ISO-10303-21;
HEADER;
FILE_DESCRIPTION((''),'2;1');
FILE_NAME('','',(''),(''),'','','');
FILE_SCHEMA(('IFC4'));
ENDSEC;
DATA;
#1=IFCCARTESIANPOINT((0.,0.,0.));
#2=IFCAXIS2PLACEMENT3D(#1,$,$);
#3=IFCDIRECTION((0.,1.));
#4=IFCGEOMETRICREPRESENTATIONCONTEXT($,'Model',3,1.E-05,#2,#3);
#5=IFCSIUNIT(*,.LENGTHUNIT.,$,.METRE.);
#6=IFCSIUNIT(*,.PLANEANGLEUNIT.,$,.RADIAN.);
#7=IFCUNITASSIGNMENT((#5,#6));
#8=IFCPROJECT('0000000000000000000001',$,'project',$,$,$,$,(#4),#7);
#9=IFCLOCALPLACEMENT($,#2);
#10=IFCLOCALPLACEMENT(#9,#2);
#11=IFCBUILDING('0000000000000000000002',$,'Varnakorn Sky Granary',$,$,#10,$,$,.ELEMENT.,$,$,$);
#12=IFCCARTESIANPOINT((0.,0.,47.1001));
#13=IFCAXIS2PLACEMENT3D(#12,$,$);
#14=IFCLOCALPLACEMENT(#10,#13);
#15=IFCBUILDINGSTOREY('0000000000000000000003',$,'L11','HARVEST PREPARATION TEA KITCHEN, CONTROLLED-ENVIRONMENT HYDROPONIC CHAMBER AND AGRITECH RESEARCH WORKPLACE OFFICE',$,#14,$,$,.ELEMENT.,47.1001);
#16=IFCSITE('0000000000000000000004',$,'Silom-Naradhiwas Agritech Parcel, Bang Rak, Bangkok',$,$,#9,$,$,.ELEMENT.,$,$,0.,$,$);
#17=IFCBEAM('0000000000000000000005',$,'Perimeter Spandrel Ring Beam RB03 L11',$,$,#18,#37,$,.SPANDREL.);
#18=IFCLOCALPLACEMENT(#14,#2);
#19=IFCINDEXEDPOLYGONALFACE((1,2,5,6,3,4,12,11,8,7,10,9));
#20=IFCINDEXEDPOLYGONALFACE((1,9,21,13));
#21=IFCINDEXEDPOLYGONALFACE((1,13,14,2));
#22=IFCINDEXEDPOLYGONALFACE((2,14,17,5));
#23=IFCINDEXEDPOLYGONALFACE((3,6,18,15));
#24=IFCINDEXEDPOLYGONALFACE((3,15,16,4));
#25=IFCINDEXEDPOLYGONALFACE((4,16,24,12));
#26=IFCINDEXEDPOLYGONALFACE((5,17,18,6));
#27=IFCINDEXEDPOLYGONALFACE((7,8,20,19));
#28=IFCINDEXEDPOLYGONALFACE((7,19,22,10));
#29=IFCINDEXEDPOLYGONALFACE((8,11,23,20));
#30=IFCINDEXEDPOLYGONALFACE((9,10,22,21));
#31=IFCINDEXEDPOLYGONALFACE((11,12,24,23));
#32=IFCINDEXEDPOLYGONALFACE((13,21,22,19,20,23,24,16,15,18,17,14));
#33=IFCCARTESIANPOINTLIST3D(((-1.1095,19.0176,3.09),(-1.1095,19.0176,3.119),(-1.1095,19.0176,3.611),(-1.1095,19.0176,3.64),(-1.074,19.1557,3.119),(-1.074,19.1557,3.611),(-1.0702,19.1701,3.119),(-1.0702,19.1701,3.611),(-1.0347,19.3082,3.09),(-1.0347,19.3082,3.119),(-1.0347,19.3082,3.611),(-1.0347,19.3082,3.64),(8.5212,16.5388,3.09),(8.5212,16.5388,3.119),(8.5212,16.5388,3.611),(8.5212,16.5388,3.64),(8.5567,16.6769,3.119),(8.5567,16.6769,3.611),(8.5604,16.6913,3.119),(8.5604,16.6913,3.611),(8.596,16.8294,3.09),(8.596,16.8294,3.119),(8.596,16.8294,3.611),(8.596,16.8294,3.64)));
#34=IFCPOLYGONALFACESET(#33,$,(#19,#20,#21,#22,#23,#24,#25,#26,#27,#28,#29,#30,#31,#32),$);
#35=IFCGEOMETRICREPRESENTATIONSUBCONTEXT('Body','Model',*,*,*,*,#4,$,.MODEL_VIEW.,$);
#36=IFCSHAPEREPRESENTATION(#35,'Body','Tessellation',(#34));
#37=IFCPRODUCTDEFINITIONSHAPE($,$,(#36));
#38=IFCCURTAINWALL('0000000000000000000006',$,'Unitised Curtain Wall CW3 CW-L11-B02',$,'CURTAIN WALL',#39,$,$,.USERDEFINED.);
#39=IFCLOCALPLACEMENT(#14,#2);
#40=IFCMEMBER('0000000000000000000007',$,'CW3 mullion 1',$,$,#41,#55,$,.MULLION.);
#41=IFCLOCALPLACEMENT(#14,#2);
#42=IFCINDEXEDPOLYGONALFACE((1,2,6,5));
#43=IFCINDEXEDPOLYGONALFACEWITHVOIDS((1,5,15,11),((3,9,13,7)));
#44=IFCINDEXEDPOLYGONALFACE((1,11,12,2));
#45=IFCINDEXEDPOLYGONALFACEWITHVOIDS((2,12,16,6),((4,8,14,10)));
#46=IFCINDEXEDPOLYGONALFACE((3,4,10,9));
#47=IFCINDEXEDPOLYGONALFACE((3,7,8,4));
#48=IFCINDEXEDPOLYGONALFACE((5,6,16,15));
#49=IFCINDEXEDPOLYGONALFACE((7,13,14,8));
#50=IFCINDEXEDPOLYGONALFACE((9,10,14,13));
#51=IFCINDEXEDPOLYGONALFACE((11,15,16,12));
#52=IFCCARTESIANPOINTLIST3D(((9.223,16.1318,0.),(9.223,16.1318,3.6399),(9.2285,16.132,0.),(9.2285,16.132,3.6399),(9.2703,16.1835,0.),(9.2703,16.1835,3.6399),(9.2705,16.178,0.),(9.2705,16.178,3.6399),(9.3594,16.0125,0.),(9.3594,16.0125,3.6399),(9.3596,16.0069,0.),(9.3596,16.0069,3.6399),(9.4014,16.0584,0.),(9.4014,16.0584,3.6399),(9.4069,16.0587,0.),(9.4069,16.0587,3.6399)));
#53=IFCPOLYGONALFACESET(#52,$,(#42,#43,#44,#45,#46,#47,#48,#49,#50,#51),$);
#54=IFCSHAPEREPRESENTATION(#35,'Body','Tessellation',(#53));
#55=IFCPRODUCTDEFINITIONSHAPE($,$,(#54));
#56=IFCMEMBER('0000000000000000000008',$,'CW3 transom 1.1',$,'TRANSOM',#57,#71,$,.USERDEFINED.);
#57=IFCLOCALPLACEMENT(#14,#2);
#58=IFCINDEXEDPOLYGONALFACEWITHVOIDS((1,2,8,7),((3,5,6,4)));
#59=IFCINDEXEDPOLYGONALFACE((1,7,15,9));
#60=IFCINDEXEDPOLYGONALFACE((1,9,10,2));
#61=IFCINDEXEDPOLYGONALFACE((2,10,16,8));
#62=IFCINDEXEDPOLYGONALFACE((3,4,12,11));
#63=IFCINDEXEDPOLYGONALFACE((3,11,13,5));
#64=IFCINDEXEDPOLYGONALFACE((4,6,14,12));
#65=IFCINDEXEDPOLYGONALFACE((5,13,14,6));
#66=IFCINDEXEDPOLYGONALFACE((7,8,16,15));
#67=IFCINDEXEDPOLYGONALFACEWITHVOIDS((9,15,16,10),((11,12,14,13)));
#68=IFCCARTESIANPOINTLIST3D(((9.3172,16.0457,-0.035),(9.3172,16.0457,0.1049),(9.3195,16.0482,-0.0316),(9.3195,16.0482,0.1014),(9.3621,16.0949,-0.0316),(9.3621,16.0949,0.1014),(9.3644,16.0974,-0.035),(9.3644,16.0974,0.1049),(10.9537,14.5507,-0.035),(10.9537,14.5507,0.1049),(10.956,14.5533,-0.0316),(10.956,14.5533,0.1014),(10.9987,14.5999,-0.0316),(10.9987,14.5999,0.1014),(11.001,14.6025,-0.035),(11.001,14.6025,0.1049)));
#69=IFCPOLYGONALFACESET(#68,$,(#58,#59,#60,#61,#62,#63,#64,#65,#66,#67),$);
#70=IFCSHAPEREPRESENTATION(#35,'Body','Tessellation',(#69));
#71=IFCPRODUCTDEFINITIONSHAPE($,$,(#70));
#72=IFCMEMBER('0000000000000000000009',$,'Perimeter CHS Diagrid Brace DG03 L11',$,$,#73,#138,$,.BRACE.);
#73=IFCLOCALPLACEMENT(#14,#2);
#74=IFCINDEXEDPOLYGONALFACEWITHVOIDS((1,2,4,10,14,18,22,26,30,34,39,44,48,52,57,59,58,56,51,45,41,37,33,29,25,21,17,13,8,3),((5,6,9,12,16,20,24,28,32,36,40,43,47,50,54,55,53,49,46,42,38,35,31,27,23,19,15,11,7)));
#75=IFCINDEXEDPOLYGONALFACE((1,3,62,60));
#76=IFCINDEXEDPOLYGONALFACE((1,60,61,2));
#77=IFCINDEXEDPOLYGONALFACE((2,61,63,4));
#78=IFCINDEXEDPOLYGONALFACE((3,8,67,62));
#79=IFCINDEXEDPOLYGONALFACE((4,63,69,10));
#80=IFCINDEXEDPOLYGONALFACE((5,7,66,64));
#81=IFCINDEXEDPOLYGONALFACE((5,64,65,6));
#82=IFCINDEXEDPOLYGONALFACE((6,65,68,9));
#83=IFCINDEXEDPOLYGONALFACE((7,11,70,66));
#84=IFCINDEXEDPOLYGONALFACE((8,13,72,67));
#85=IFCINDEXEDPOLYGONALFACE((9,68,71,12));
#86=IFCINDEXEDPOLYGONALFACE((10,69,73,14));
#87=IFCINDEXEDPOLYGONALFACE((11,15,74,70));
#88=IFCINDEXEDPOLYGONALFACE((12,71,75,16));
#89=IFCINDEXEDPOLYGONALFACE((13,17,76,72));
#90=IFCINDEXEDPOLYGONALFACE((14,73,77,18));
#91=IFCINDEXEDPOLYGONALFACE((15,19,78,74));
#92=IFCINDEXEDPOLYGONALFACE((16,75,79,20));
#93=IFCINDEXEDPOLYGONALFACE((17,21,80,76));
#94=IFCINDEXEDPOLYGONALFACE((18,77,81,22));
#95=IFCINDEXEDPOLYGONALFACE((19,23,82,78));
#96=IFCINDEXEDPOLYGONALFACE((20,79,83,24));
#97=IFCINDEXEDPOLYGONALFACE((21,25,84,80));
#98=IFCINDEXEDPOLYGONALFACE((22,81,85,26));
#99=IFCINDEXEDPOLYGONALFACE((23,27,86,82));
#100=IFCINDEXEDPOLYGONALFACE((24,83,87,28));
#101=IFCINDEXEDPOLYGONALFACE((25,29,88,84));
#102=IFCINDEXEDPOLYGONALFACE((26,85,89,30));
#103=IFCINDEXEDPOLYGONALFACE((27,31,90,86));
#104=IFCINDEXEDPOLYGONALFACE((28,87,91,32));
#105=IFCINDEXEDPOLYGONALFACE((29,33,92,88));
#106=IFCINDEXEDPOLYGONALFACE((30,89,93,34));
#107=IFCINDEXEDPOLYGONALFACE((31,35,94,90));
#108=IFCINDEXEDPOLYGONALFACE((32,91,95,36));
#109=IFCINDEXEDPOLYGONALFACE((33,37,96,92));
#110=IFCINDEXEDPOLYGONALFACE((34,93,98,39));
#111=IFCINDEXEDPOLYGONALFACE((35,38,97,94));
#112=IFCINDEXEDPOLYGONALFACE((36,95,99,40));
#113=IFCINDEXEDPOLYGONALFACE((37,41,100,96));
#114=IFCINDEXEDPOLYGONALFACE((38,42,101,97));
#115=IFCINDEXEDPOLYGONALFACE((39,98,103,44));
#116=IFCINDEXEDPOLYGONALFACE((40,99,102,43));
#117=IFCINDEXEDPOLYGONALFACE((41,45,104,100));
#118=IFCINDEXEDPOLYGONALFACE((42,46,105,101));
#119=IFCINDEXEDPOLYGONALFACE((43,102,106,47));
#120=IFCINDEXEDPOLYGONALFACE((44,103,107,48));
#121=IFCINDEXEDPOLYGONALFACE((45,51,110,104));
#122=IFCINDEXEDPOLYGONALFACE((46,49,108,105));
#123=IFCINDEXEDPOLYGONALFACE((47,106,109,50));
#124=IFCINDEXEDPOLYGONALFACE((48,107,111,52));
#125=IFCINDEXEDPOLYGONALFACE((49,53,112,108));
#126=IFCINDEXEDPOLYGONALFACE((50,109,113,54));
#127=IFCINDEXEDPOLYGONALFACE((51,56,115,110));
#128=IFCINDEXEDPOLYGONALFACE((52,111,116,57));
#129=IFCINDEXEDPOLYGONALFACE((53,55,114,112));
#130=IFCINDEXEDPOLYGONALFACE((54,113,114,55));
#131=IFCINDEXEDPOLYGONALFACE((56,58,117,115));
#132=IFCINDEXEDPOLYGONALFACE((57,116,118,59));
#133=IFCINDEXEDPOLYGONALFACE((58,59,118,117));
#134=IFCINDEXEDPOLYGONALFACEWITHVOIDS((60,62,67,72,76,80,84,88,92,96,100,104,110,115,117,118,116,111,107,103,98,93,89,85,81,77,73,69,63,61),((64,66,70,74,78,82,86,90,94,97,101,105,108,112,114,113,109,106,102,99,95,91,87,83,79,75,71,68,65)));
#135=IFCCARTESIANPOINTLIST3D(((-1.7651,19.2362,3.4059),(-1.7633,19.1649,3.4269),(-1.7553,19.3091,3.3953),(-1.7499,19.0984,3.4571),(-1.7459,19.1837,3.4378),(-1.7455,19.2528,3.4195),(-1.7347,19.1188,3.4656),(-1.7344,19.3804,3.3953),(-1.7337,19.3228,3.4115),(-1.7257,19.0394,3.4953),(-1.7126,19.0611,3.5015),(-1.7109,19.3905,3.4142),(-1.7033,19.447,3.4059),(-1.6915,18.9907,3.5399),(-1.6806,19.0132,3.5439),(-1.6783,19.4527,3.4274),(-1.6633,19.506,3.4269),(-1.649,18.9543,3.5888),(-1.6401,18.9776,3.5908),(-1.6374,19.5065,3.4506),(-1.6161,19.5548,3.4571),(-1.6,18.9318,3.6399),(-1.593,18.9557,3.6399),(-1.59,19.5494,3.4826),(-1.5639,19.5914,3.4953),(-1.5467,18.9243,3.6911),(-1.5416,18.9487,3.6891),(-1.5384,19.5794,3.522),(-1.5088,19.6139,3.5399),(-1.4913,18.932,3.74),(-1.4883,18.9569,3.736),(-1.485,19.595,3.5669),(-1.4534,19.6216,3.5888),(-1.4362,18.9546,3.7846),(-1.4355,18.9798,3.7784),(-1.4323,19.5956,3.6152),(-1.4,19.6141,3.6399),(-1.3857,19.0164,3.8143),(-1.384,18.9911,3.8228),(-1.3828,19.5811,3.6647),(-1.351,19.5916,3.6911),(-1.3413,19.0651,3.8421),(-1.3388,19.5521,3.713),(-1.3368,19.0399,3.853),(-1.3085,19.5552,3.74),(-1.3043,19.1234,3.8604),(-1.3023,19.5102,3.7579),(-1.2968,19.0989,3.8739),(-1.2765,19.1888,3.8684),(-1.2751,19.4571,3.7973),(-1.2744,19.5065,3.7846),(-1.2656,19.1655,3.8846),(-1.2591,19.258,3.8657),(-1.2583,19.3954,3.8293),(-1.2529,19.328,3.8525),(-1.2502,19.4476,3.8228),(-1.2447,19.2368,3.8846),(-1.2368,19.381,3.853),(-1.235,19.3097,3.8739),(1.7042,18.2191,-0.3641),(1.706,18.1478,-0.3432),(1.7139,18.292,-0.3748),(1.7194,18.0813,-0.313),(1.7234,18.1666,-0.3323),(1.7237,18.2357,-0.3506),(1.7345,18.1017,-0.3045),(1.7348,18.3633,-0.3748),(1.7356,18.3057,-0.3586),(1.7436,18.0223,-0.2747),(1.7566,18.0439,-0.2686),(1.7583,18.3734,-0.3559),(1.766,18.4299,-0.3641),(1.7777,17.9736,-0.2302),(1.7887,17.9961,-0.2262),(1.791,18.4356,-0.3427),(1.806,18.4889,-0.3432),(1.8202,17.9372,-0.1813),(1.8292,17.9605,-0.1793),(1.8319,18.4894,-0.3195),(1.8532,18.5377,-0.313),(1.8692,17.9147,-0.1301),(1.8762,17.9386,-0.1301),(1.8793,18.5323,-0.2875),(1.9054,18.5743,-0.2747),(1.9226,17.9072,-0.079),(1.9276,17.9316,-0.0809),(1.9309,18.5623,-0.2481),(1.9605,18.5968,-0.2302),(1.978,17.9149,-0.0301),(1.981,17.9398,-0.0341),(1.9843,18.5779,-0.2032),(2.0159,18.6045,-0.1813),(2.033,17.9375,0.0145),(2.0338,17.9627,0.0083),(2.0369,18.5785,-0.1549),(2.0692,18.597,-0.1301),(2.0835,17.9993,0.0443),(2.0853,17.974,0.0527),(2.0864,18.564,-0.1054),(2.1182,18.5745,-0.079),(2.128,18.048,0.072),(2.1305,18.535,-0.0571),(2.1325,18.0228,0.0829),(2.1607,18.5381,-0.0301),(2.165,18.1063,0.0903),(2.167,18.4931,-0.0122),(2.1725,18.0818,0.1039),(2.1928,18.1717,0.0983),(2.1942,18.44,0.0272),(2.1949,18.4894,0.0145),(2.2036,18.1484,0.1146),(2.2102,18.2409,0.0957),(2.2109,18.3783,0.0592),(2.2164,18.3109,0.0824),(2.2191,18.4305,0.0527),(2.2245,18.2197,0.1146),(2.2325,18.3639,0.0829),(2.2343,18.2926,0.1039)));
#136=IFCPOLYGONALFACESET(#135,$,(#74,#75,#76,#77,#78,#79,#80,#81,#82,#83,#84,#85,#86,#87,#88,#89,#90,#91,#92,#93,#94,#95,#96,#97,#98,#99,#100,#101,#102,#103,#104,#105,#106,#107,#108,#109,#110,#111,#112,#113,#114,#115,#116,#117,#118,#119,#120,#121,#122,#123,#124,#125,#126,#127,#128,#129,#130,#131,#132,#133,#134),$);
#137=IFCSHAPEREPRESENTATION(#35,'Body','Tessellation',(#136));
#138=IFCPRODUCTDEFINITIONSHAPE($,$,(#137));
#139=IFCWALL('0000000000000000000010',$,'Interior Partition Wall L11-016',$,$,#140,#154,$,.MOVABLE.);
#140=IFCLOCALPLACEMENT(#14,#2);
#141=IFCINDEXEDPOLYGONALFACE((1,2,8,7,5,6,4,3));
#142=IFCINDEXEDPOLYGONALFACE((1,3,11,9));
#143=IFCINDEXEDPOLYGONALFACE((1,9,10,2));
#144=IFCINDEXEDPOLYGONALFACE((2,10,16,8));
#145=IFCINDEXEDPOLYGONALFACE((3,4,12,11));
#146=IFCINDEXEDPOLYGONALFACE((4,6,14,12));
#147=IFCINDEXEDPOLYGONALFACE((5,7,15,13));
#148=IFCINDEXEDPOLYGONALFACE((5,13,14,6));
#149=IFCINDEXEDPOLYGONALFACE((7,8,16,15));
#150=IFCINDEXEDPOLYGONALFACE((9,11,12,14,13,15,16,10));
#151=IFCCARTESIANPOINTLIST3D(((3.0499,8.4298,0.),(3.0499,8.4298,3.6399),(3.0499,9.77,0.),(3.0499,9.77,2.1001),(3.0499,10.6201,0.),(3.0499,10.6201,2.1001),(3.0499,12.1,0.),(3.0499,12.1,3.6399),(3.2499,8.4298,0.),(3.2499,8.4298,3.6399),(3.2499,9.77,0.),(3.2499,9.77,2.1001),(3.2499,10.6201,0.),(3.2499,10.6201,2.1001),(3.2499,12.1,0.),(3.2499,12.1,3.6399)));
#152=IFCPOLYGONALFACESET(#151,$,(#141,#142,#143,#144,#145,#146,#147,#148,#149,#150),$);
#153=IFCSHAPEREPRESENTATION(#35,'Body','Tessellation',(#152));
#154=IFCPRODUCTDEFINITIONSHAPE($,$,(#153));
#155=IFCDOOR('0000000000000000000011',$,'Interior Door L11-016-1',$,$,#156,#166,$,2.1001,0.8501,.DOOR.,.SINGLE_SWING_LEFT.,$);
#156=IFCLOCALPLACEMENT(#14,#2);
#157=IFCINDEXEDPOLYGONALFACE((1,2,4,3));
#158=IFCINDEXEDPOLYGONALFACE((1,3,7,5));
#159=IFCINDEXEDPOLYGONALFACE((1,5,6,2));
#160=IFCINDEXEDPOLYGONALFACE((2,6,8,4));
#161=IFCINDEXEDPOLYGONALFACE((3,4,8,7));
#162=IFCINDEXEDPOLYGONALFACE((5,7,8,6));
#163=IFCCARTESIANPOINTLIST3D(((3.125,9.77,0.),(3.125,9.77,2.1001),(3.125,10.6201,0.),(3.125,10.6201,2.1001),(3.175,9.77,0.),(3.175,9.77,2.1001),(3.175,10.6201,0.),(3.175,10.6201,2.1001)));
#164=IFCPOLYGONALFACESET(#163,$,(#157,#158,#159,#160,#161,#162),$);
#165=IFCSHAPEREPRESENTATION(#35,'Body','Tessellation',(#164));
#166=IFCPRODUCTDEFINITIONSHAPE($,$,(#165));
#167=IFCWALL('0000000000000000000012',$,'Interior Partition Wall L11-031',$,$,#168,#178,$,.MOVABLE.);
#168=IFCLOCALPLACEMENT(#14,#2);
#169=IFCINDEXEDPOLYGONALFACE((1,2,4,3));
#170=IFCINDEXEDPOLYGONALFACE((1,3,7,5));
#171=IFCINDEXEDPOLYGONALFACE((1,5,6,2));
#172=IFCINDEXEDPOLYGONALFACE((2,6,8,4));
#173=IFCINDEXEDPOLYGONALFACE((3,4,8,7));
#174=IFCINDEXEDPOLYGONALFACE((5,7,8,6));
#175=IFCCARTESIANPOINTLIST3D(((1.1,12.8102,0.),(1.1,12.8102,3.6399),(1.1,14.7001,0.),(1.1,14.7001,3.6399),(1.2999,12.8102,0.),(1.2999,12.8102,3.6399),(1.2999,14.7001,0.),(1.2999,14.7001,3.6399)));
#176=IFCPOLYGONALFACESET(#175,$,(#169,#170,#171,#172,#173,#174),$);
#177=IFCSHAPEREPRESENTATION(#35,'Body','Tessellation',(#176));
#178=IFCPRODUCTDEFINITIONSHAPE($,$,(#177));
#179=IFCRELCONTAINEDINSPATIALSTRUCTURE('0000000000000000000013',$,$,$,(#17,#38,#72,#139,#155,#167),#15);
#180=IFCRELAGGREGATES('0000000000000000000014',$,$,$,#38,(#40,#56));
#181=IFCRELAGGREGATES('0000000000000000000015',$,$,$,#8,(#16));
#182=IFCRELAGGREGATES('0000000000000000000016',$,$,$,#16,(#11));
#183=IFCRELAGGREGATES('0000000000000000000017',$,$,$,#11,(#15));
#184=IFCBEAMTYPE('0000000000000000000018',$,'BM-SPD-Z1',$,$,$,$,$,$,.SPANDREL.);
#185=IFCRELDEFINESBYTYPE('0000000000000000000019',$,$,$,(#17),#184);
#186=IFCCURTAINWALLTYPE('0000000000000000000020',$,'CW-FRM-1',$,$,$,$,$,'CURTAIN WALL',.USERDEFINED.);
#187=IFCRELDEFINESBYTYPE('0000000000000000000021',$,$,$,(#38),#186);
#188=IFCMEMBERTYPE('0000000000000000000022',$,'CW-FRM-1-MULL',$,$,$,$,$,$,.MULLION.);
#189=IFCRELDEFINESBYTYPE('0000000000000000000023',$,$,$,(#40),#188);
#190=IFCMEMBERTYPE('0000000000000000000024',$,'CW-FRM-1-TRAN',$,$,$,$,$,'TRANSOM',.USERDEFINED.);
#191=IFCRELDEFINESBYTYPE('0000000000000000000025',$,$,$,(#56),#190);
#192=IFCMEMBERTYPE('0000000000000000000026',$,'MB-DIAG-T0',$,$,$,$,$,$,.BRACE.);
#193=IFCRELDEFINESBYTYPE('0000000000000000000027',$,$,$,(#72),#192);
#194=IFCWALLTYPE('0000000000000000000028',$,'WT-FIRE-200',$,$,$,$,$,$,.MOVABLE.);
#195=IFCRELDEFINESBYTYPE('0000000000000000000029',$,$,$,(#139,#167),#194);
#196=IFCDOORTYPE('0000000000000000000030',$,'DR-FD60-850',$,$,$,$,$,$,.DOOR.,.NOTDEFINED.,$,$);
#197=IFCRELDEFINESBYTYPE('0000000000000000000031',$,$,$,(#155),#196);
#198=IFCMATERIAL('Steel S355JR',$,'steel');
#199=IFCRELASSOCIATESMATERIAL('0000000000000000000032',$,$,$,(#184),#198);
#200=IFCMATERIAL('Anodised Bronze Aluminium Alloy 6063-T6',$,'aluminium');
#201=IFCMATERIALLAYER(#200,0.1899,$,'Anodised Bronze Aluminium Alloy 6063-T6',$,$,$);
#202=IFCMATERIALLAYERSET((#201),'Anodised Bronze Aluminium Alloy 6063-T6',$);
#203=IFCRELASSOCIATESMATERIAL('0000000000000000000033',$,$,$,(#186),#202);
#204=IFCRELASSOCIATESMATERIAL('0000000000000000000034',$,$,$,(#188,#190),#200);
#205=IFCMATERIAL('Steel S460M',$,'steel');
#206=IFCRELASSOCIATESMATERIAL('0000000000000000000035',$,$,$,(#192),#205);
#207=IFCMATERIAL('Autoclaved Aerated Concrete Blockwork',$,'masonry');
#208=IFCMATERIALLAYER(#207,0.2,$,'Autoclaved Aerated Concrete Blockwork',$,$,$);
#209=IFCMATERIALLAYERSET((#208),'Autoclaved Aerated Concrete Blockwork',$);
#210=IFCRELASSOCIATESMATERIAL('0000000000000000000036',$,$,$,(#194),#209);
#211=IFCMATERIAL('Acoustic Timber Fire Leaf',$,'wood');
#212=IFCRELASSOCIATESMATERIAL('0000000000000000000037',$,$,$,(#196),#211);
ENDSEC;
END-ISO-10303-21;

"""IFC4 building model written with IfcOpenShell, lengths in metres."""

from ifc_helpers import new_model, si_unit, direction, frame, frame_2d, origin, origin_2d, place, context, subcontext, project, spatial, rectangle, hollow_rectangle, hollow_circle, i_section, extrude, material, layer, layer_set, material_profile, profile_set, type_object, element, fill, aggregate, save


model = new_model("IFC4")

# Units and contexts
model_context = context("Model", 3, precision=1e-05, world=origin(), true_north=direction((0.0, 1.0)))
body_context = subcontext(model_context, "Body", "Model", "MODEL_VIEW")
ifc_project = project(units=[si_unit("LENGTHUNIT", "METRE"), si_unit("PLANEANGLEUNIT", "RADIAN")], contexts=[model_context])

# Site, building, storey
site_placement = place(None, origin())
site = spatial("IfcSite", under=ifc_project, at=site_placement, Name="Silom-Naradhiwas Agritech Parcel, Bang Rak, Bangkok", CompositionType="ELEMENT", RefElevation=0.0)
building_placement = place(site_placement, origin())
building = spatial("IfcBuilding", under=site, at=building_placement, Name="Varnakorn Sky Granary", CompositionType="ELEMENT")
storey_placement = place(building_placement, frame((0.0, 0.0, 47.1001)))
storey = spatial("IfcBuildingStorey", under=building, at=storey_placement, Name="L11", Description="HARVEST PREPARATION TEA KITCHEN, CONTROLLED-ENVIRONMENT HYDROPONIC CHAMBER AND AGRITECH RESEARCH WORKPLACE OFFICE", CompositionType="ELEMENT", Elevation=47.1001)

# Shared definitions
ifc_material_1 = material(Name="Steel S460M", Category="steel")

# Beam
ifc_material_2 = material(Name="Steel S355JR", Category="steel")
ifc_material_profile_1 = material_profile(ifc_material_2, i_section(OverallWidth=0.3, OverallDepth=0.55, WebThickness=0.0149, FlangeThickness=0.0291, at=origin_2d()), Name="HE 550 B")
ifc_profile_set_1 = profile_set([ifc_material_profile_1], Name="Steel S355JR")
beam_type_1 = type_object("IfcBeamType", Name="BM-SPD-Z1", PredefinedType="SPANDREL", material=ifc_profile_set_1)
beam_1_placement = place(storey_placement, frame((8.5586, 16.6841, 3.365), z_axis=(-0.968437, 0.249259, 0.0), x_axis=(-0.249259, -0.968437, 0.0)))
element("IfcBeam", 1, at=beam_1_placement, inside=storey, type_object=beam_type_1, Name="Perimeter Spandrel Ring Beam RB03 L11", PredefinedType="SPANDREL", context=body_context, shape_type="SweptSolid", body=[
    extrude(i_section(OverallWidth=0.3, OverallDepth=0.55, WebThickness=0.0149, FlangeThickness=0.0291, at=origin_2d()), origin(), (0.0, 0.0, 1.0), 9.9446),
])

# Curtain wall, members
ifc_material_3 = material(Name="Anodised Bronze Aluminium Alloy 6063-T6", Category="aluminium")
ifc_layer_1 = layer(ifc_material_3, 0.1899, Name="Anodised Bronze Aluminium Alloy 6063-T6")
ifc_layer_set_1 = layer_set([ifc_layer_1], Name="Anodised Bronze Aluminium Alloy 6063-T6")
curtain_wall_type = type_object("IfcCurtainWallType", Name="CW-FRM-1", ElementType="CURTAIN WALL", PredefinedType="USERDEFINED", material=ifc_layer_set_1)
curtain_wall_placement = place(storey_placement, origin())
curtain_wall = element("IfcCurtainWall", 2, at=curtain_wall_placement, inside=storey, type_object=curtain_wall_type, Name="Unitised Curtain Wall CW3 CW-L11-B02", ObjectType="CURTAIN WALL", PredefinedType="USERDEFINED")
ifc_material_profile_2 = material_profile(ifc_material_3, hollow_rectangle(XDim=0.0701, YDim=0.1851, WallThickness=0.0039, at=origin_2d()), Name="ALU MULL 70x185")
ifc_profile_set_2 = profile_set([ifc_material_profile_2], Name="Anodised Bronze Aluminium Alloy 6063-T6")
member_type_1 = type_object("IfcMemberType", Name="CW-FRM-1-MULL", PredefinedType="MULLION", material=ifc_profile_set_2)
member_1_placement = place(storey_placement, frame((9.3149, 16.0952, 0.0), z_axis=(0.0, 0.0, 1.0), x_axis=(0.674464, 0.738307, 0.0)))
member_1 = element("IfcMember", 3, at=member_1_placement, type_object=member_type_1, Name="CW3 mullion 1", PredefinedType="MULLION", context=body_context, shape_type="SweptSolid", body=[
    extrude(hollow_rectangle(XDim=0.0701, YDim=0.1851, WallThickness=0.0039, at=origin_2d()), origin(), (0.0, 0.0, 1.0), 3.6399),
])
ifc_material_profile_3 = material_profile(ifc_material_3, hollow_rectangle(XDim=0.0701, YDim=0.1399, WallThickness=0.0034, at=origin_2d()), Name="ALU TRAN 70x140")
ifc_profile_set_3 = profile_set([ifc_material_profile_3], Name="Anodised Bronze Aluminium Alloy 6063-T6")
member_type_2 = type_object("IfcMemberType", Name="CW-FRM-1-TRAN", ElementType="TRANSOM", PredefinedType="USERDEFINED", material=ifc_profile_set_3)
member_2_placement = place(storey_placement, frame((9.3408, 16.0715, 0.0349), z_axis=(0.738328, -0.674442, 0.0), x_axis=(0.674442, 0.738328, 0.0)))
member_2 = element("IfcMember", 4, at=member_2_placement, type_object=member_type_2, Name="CW3 transom 1.1", ObjectType="TRANSOM", PredefinedType="USERDEFINED", context=body_context, shape_type="SweptSolid", body=[
    extrude(hollow_rectangle(XDim=0.0701, YDim=0.1399, WallThickness=0.0034, at=origin_2d()), origin(), (0.0, 0.0, 1.0), 2.2166),
])
aggregate(curtain_wall, [member_1, member_2])

# Member
ifc_material_profile_4 = material_profile(ifc_material_1, hollow_circle(Radius=0.3555, WallThickness=0.0249, at=origin_2d()), Name="CHS 711x25")
ifc_profile_set_4 = profile_set([ifc_material_profile_4], Name="Steel S460M")
member_type_3 = type_object("IfcMemberType", Name="MB-DIAG-T0", PredefinedType="BRACE", material=ifc_profile_set_4)
member_3_placement = place(storey_placement, frame((1.9692, 18.2559, -0.1301), z_axis=(-0.664182, 0.194721, 0.721766), x_axis=(-0.281333, -0.95961, 0.0)))
element("IfcMember", 5, at=member_3_placement, inside=storey, type_object=member_type_3, Name="Perimeter CHS Diagrid Brace DG03 L11", PredefinedType="BRACE", context=body_context, shape_type="SweptSolid", body=[
    extrude(hollow_circle(Radius=0.3555, WallThickness=0.0249, at=origin_2d()), origin(), (0.0, 0.0, 1.0), 5.2234),
])

# Wall, opening, door
ifc_material_4 = material(Name="Autoclaved Aerated Concrete Blockwork", Category="masonry")
ifc_layer_2 = layer(ifc_material_4, 0.2, Name="Autoclaved Aerated Concrete Blockwork")
ifc_layer_set_2 = layer_set([ifc_layer_2], Name="Autoclaved Aerated Concrete Blockwork")
wall_type_1 = type_object("IfcWallType", Name="WT-FIRE-200", PredefinedType="MOVABLE", material=ifc_layer_set_2)
wall_1_placement = place(storey_placement, frame((3.1499, 8.4299, 0.0), z_axis=(0.0, 0.0, 1.0), x_axis=(0.0, 1.0, 0.0)))
wall_1 = element("IfcWall", 6, at=wall_1_placement, inside=storey, type_object=wall_type_1, Name="Interior Partition Wall L11-016", PredefinedType="MOVABLE", context=body_context, shape_type="SweptSolid", body=[
    extrude(rectangle(XDim=3.6702, YDim=0.2, at=frame_2d((1.835, 0.0))), origin(), (0.0, 0.0, 1.0), 3.6399),
])
opening_1_placement = place(wall_1_placement, frame((1.3401, 0.0, 0.0)))
opening_1 = element("IfcOpeningElement", 7, at=opening_1_placement, cuts=wall_1, PredefinedType="OPENING", context=body_context, shape_type="SweptSolid", body=[
    extrude(rectangle(XDim=0.8501, YDim=2.1001, at=frame_2d((0.425, 1.05))), frame((0.0, 0.1099, 0.0), z_axis=(0.0, -1.0, 0.0), x_axis=(1.0, 0.0, 0.0)), (0.0, 0.0, 1.0), 0.22),
])
ifc_material_5 = material(Name="Acoustic Timber Fire Leaf", Category="wood")
door_type_1 = type_object("IfcDoorType", Name="DR-FD60-850", OperationType="NOTDEFINED", PredefinedType="DOOR", material=ifc_material_5)
door_1_placement = place(opening_1_placement, origin())
door_1 = element("IfcDoor", 8, at=door_1_placement, inside=storey, type_object=door_type_1, Name="Interior Door L11-016-1", OperationType="SINGLE_SWING_LEFT", OverallHeight=2.1001, OverallWidth=0.8501, PredefinedType="DOOR", context=body_context, shape_type="SweptSolid", body=[
    extrude(rectangle(XDim=0.8501, YDim=2.1001, at=frame_2d((0.425, 1.05))), frame((0.0, 0.0249, 0.0), z_axis=(0.0, -1.0, 0.0), x_axis=(1.0, 0.0, 0.0)), (0.0, 0.0, 1.0), 0.05),
])
fill(opening_1, door_1)

# Wall
wall_2_placement = place(storey_placement, frame((1.2, 14.7, 0.0), z_axis=(0.0, 0.0, 1.0), x_axis=(0.0, -1.0, 0.0)))
element("IfcWall", 9, at=wall_2_placement, inside=storey, type_object=wall_type_1, Name="Interior Partition Wall L11-031", PredefinedType="MOVABLE", context=body_context, shape_type="SweptSolid", body=[
    extrude(rectangle(XDim=1.8899, YDim=0.2, at=frame_2d((0.9448, 0.0))), origin(), (0.0, 0.0, 1.0), 3.6399),
])

save(model, "model.ifc")
